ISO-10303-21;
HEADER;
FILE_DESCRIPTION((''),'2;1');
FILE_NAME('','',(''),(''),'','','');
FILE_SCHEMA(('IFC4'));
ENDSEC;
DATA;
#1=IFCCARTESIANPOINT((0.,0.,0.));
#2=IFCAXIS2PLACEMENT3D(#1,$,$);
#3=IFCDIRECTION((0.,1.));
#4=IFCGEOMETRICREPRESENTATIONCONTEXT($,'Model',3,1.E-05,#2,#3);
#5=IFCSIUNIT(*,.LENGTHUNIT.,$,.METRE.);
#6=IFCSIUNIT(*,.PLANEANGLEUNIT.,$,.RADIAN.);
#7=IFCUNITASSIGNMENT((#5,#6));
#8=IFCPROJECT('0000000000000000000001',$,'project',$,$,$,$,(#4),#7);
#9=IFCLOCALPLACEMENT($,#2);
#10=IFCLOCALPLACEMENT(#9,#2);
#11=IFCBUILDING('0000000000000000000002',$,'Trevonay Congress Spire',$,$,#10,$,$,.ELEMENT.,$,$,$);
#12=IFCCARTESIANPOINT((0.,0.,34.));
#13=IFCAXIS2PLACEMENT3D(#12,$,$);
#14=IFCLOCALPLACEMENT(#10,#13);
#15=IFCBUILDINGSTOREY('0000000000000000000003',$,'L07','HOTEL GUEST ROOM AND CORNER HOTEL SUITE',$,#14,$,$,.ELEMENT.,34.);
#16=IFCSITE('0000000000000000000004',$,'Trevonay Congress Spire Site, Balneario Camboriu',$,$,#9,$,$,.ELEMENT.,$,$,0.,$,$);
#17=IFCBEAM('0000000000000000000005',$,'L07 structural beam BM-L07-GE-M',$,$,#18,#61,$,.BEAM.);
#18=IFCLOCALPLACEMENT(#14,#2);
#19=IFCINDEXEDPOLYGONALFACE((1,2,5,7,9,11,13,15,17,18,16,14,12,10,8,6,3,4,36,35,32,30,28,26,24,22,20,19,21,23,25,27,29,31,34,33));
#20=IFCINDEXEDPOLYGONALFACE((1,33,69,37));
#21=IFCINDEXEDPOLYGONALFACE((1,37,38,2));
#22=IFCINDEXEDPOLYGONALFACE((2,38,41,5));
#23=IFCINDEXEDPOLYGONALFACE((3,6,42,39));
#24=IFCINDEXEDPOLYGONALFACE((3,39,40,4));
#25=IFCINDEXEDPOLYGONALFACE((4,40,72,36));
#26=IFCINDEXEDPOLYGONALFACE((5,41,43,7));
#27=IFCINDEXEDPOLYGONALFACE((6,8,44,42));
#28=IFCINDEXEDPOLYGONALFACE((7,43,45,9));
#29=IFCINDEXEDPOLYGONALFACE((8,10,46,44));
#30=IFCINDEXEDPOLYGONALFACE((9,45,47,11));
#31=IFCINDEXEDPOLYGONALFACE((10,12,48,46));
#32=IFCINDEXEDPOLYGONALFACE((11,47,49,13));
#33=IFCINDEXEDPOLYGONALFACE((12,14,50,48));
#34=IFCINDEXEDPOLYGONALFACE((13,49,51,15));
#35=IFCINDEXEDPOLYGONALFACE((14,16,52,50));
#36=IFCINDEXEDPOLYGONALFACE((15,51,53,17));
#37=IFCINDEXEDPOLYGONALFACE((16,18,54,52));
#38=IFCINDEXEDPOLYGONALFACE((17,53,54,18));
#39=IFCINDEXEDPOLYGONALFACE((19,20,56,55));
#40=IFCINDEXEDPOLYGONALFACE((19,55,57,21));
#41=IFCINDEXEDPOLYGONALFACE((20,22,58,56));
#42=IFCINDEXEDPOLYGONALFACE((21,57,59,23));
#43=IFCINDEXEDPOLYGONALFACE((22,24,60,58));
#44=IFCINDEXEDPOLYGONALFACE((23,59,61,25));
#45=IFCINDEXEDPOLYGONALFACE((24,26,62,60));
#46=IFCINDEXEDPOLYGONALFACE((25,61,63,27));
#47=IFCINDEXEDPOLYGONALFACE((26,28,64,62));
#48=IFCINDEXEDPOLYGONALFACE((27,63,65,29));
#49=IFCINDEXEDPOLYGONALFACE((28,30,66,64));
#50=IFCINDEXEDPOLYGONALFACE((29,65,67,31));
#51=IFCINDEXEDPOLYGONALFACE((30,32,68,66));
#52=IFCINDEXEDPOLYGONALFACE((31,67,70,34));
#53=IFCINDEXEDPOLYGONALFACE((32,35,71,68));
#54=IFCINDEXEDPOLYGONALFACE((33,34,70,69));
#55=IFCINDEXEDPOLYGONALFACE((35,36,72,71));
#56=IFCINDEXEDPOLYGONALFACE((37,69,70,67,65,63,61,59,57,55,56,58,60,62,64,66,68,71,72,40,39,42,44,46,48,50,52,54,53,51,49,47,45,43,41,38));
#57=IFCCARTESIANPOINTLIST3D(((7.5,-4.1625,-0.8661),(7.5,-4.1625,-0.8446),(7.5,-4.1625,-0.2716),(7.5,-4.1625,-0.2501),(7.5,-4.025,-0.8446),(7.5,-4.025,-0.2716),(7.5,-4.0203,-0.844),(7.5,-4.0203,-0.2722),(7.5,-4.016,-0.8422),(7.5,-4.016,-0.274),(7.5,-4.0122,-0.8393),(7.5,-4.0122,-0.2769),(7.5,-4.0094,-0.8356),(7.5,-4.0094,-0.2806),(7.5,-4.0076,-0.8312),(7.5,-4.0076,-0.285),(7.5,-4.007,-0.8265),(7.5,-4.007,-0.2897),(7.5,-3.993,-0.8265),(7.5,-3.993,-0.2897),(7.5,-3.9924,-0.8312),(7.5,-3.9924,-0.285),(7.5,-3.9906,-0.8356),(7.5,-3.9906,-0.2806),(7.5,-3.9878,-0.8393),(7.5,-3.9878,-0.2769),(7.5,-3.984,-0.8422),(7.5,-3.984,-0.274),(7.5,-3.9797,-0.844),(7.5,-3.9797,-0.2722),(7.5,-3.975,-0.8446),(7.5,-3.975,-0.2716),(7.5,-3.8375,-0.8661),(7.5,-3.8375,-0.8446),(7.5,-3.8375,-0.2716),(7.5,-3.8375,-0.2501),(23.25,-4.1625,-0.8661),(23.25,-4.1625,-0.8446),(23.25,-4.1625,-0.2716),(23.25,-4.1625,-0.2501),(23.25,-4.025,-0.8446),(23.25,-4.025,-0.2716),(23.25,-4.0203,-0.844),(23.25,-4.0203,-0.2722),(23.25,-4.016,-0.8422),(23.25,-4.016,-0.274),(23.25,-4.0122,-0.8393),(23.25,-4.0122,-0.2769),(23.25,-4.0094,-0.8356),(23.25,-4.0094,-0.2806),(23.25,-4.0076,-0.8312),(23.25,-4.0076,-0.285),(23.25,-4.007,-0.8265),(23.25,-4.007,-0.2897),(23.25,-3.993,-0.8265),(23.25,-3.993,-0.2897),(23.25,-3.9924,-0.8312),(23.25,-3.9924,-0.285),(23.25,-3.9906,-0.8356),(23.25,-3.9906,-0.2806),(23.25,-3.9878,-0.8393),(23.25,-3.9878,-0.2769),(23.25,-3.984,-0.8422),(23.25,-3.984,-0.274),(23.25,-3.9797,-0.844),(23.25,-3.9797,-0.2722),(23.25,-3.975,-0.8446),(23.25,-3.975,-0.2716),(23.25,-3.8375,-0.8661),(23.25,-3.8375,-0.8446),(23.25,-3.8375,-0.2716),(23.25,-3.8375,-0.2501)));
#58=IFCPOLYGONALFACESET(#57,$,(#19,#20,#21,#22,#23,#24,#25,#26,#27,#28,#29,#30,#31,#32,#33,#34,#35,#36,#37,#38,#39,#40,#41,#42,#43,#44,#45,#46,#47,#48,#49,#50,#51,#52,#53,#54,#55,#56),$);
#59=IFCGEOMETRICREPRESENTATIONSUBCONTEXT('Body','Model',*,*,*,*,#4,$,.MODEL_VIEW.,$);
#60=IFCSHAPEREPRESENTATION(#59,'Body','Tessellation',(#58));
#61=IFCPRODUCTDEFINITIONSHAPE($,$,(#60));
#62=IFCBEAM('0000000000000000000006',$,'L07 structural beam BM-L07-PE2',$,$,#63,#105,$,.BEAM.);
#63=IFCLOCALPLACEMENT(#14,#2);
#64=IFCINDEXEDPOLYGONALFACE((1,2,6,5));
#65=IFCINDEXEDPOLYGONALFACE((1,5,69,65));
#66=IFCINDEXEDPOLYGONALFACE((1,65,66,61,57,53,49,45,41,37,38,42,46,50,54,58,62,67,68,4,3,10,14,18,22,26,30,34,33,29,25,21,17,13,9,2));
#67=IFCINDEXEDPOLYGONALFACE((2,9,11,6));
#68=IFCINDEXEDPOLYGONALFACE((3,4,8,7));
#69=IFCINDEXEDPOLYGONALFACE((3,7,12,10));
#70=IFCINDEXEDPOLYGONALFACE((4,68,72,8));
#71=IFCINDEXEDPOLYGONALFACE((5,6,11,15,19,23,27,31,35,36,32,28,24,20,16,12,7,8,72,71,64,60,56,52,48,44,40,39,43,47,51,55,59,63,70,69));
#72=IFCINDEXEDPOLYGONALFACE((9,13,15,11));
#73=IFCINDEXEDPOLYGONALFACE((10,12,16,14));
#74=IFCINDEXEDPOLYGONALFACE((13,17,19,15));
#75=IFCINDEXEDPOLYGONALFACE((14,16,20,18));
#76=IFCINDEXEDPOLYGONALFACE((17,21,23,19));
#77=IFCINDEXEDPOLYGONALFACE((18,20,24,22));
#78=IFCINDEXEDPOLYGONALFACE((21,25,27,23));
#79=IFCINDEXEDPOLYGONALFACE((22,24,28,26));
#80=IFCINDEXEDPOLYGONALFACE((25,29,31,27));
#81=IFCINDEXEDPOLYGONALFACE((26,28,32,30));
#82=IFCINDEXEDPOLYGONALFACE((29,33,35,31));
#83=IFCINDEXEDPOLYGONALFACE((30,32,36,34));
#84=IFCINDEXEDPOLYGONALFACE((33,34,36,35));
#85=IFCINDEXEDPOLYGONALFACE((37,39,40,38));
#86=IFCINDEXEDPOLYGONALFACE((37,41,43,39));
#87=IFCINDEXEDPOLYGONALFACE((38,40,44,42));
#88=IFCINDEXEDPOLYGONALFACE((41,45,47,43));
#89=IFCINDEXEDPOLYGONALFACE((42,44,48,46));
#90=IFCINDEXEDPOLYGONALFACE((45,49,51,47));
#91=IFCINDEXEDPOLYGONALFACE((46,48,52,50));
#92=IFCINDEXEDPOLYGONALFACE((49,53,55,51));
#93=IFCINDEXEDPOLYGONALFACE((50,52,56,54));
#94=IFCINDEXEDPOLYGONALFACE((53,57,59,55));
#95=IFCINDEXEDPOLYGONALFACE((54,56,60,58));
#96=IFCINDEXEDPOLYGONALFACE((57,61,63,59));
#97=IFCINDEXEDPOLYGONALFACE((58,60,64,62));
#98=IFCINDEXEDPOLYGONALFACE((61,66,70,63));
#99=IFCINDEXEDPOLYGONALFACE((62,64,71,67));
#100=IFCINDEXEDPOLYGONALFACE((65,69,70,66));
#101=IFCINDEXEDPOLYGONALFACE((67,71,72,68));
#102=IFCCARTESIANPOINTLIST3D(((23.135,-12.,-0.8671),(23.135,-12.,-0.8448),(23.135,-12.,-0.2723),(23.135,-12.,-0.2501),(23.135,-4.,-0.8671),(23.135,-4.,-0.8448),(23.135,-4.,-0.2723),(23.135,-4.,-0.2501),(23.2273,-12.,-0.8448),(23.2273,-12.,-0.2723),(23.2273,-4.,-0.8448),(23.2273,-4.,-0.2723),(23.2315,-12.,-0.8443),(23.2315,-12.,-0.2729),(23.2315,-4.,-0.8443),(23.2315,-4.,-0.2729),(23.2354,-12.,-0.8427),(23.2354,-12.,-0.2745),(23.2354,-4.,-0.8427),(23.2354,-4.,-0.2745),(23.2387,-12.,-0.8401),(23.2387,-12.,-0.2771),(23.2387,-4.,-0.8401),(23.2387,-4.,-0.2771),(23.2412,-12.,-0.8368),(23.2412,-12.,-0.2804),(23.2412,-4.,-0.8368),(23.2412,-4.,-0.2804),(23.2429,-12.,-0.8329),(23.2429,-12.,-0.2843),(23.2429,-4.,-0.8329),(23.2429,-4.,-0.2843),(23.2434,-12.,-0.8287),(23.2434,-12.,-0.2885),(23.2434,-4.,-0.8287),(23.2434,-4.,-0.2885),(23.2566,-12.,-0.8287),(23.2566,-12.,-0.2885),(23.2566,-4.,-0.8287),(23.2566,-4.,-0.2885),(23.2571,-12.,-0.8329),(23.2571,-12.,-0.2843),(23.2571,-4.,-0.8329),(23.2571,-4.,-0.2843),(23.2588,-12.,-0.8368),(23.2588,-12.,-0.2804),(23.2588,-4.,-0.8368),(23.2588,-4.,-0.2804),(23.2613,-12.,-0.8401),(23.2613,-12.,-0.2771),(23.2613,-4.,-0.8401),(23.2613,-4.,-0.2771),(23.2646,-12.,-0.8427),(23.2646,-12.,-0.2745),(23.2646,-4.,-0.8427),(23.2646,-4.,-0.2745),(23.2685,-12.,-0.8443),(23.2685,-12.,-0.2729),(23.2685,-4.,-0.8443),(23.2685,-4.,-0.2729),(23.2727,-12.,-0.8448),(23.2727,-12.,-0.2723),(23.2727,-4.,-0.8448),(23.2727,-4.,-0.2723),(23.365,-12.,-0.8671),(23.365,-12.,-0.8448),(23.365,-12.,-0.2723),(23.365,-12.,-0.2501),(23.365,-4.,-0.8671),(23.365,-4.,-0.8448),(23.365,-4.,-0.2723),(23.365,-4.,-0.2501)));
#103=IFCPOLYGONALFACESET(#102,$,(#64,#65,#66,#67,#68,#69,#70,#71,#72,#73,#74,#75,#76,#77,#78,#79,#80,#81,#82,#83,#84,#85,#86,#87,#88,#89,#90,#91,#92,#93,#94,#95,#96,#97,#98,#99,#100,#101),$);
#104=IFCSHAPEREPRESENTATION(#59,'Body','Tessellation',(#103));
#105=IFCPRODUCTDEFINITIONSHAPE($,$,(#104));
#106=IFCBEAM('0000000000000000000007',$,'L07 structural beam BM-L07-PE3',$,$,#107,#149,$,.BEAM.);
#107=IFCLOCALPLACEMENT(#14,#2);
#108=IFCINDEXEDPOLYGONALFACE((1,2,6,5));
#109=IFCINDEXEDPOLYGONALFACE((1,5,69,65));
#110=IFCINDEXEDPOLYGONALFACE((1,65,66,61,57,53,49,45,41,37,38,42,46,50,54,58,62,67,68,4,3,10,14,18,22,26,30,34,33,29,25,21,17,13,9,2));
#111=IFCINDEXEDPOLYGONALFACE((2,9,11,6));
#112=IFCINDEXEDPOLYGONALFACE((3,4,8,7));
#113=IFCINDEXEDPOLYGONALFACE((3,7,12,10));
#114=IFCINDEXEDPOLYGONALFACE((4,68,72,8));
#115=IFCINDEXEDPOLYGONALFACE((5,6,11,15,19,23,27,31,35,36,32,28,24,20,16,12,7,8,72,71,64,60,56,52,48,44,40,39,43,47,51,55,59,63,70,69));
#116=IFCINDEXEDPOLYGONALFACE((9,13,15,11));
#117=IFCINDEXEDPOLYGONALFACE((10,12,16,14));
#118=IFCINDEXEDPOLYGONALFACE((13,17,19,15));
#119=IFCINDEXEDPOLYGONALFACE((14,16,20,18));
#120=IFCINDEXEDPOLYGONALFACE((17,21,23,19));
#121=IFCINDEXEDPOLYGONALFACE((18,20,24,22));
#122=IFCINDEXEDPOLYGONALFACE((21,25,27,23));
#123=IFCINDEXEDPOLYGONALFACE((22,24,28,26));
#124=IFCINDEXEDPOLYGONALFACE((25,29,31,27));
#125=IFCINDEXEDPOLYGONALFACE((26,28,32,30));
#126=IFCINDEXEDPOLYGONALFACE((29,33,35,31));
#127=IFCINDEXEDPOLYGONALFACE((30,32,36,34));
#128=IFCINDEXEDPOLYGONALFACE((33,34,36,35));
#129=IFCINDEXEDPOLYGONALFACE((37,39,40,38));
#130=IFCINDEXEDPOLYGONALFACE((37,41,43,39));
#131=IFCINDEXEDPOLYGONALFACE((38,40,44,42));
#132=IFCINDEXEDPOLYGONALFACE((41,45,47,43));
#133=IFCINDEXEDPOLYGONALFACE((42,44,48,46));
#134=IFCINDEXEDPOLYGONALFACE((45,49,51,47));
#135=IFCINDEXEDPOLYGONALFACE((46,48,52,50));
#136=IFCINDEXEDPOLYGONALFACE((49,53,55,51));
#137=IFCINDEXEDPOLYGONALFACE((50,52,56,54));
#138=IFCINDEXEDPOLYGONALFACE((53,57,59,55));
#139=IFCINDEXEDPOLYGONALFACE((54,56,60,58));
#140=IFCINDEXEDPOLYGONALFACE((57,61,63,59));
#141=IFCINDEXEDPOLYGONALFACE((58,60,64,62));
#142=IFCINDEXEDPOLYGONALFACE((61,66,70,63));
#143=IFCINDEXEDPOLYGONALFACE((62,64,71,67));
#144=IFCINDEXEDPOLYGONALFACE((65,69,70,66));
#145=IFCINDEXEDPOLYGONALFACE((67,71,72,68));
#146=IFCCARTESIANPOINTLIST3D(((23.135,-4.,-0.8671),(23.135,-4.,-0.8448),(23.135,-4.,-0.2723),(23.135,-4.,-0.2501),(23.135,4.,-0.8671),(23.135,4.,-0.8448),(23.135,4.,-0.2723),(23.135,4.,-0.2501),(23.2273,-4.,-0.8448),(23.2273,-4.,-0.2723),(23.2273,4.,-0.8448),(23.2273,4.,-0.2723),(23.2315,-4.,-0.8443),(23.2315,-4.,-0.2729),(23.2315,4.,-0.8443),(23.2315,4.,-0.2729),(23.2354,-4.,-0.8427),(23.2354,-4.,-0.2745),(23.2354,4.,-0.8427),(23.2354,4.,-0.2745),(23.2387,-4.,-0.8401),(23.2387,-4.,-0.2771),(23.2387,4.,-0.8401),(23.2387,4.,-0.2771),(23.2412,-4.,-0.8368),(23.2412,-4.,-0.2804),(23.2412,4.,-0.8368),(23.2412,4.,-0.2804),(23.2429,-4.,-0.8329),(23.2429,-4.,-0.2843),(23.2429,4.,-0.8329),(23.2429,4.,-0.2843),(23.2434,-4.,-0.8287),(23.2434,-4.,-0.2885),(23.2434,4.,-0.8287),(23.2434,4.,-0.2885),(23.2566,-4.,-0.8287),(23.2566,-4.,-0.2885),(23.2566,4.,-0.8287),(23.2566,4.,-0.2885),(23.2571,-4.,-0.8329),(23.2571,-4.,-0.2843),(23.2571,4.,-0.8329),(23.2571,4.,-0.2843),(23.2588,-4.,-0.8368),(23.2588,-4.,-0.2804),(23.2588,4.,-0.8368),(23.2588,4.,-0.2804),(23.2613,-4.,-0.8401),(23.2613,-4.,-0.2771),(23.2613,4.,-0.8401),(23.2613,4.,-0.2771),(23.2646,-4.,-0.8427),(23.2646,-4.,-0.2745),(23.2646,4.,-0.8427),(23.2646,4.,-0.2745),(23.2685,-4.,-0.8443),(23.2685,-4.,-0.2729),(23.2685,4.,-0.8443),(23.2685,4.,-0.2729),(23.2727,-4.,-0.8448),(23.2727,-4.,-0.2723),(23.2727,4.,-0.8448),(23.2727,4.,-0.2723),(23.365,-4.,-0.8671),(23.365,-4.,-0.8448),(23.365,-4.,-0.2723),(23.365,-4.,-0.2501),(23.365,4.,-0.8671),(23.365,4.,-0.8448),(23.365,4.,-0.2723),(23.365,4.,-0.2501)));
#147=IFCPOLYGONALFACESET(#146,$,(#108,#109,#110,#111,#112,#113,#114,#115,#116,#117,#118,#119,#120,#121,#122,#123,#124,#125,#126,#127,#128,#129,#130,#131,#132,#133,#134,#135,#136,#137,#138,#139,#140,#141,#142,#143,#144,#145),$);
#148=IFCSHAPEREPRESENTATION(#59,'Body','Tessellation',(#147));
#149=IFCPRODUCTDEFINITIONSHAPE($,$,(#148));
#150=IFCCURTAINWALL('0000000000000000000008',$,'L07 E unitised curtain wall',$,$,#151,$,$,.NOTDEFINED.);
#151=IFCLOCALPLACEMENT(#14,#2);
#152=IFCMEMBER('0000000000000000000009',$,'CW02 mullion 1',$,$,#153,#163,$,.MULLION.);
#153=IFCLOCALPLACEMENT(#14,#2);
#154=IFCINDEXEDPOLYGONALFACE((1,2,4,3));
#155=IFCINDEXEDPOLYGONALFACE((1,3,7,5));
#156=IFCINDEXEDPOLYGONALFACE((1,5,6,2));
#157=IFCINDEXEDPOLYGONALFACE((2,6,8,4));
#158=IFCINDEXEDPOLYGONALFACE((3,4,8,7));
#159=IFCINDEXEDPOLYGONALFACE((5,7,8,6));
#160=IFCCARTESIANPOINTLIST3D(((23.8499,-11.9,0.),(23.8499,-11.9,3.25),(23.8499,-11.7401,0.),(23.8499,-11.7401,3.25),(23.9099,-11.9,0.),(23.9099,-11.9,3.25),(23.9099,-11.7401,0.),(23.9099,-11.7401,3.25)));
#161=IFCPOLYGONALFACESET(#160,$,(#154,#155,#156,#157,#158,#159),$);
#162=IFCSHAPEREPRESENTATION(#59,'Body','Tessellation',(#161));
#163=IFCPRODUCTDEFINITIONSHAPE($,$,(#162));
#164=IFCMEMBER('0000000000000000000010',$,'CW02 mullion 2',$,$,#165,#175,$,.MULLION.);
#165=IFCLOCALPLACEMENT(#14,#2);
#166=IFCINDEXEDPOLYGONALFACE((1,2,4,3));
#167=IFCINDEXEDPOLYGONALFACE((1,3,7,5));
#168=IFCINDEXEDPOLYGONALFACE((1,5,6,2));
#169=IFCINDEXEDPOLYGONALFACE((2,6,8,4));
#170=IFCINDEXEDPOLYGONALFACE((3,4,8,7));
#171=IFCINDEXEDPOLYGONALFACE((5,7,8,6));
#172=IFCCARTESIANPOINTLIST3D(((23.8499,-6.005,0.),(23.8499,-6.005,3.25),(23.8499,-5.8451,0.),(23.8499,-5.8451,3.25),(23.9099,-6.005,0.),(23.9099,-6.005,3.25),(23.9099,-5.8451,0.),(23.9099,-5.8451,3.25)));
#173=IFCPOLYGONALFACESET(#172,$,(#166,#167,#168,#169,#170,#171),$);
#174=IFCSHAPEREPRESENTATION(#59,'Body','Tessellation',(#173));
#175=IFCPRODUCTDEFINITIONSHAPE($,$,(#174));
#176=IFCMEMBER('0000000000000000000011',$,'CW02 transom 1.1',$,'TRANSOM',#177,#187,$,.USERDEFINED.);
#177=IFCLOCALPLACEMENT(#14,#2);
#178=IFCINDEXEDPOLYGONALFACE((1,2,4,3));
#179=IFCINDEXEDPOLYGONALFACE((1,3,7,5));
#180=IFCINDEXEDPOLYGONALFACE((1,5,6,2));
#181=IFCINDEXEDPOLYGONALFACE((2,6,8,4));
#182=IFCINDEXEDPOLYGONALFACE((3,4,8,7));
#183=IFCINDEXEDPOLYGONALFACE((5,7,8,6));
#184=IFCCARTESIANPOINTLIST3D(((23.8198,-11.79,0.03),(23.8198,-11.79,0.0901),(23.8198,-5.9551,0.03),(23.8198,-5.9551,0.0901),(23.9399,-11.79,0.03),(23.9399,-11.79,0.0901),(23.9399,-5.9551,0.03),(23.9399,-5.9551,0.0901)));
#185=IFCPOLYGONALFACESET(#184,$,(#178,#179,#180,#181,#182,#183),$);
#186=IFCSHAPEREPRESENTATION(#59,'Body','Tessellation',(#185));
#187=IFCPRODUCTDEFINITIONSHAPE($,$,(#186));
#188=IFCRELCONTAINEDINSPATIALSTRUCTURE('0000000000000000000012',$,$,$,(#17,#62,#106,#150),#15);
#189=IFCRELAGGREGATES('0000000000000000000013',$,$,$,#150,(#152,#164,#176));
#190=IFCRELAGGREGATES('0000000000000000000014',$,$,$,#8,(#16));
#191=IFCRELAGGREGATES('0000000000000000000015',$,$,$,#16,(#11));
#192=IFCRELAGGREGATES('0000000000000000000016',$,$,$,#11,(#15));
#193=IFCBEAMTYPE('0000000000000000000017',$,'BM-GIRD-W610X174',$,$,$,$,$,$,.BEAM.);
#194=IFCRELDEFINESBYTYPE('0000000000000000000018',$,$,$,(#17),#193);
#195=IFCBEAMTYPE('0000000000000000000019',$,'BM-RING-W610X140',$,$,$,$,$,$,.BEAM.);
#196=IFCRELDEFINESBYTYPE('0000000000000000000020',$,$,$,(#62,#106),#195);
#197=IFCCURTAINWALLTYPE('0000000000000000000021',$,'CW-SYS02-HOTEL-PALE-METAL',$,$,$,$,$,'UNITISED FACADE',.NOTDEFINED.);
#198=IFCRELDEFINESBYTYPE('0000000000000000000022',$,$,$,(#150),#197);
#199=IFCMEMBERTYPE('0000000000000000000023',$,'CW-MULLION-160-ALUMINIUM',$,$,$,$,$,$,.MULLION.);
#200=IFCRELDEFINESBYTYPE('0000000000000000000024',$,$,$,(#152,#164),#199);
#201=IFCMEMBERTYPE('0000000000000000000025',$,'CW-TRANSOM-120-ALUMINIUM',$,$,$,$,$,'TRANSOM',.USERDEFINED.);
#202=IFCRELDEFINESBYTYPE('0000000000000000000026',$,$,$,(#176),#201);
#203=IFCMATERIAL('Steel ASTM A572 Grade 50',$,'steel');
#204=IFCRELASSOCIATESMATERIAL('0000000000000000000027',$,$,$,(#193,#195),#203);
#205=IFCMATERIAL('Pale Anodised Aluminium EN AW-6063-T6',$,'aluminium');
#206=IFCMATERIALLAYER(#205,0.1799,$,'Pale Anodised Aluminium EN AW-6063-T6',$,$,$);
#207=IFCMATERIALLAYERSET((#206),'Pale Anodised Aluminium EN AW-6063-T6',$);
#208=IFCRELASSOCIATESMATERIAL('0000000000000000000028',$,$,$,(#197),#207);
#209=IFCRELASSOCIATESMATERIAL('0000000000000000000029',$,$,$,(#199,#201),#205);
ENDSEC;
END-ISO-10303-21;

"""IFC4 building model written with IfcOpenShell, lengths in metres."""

from ifc_helpers import new_model, si_unit, direction, frame, origin, origin_2d, place, context, subcontext, project, spatial, rectangle, i_section, extrude, material, layer, layer_set, material_profile, profile_set, type_object, element, aggregate, save


model = new_model("IFC4")

# Units and contexts
model_context = context("Model", 3, precision=1e-05, world=origin(), true_north=direction((0.0, 1.0)))
body_context = subcontext(model_context, "Body", "Model", "MODEL_VIEW")
ifc_project = project(units=[si_unit("LENGTHUNIT", "METRE"), si_unit("PLANEANGLEUNIT", "RADIAN")], contexts=[model_context])

# Site, building, storey
site_placement = place(None, origin())
site = spatial("IfcSite", under=ifc_project, at=site_placement, Name="Trevonay Congress Spire Site, Balneario Camboriu", CompositionType="ELEMENT", RefElevation=0.0)
building_placement = place(site_placement, origin())
building = spatial("IfcBuilding", under=site, at=building_placement, Name="Trevonay Congress Spire", CompositionType="ELEMENT")
storey_placement = place(building_placement, frame((0.0, 0.0, 34.0)))
storey = spatial("IfcBuildingStorey", under=building, at=storey_placement, Name="L07", Description="HOTEL GUEST ROOM AND CORNER HOTEL SUITE", CompositionType="ELEMENT", Elevation=34.0)

# Shared definitions
ifc_material_1 = material(Name="Steel ASTM A572 Grade 50", Category="steel")

# Beams
ifc_material_profile_1 = material_profile(ifc_material_1, i_section(OverallWidth=0.325, OverallDepth=0.616, WebThickness=0.0139, FlangeThickness=0.0215, FilletRadius=0.0181, at=origin_2d()), Name="W610x174")
ifc_profile_set_1 = profile_set([ifc_material_profile_1], Name="Steel ASTM A572 Grade 50")
beam_type_1 = type_object("IfcBeamType", Name="BM-GIRD-W610X174", PredefinedType="BEAM", material=ifc_profile_set_1)
beam_1_placement = place(storey_placement, frame((7.5, -4.0, -0.5581), z_axis=(1.0, 0.0, 0.0), x_axis=(0.0, 1.0, 0.0)))
element("IfcBeam", 1, at=beam_1_placement, inside=storey, type_object=beam_type_1, Name="L07 structural beam BM-L07-GE-M", PredefinedType="BEAM", context=body_context, shape_type="SweptSolid", body=[
    extrude(i_section(OverallWidth=0.325, OverallDepth=0.616, WebThickness=0.0139, FlangeThickness=0.0215, FilletRadius=0.0181, at=origin_2d()), origin(), (0.0, 0.0, 1.0), 15.75),
])
ifc_material_profile_2 = material_profile(ifc_material_1, i_section(OverallWidth=0.23, OverallDepth=0.6169, WebThickness=0.0132, FlangeThickness=0.0222, FilletRadius=0.0161, at=origin_2d()), Name="W610x140")
ifc_profile_set_2 = profile_set([ifc_material_profile_2], Name="Steel ASTM A572 Grade 50")
beam_type_2 = type_object("IfcBeamType", Name="BM-RING-W610X140", PredefinedType="BEAM", material=ifc_profile_set_2)
for number, where, z_axis, x_axis, name in (
    (2, (23.25, -12.0, -0.5586), (0.0, 1.0, 0.0), (-1.0, 0.0, 0.0), "L07 structural beam BM-L07-PE2"),
    (3, (23.25, -4.0, -0.5586), (0.0, 1.0, 0.0), (-1.0, 0.0, 0.0), "L07 structural beam BM-L07-PE3"),
):
    element("IfcBeam", number, at=place(storey_placement, frame(where, z_axis=z_axis, x_axis=x_axis)), inside=storey, type_object=beam_type_2, Name=name, PredefinedType="BEAM", context=body_context, shape_type="SweptSolid", body=[
        extrude(i_section(OverallWidth=0.23, OverallDepth=0.6169, WebThickness=0.0132, FlangeThickness=0.0222, FilletRadius=0.0161, at=origin_2d()), origin(), (0.0, 0.0, 1.0), 8.0),
    ])

# Curtain wall, members
ifc_material_2 = material(Name="Pale Anodised Aluminium EN AW-6063-T6", Category="aluminium")
ifc_layer_1 = layer(ifc_material_2, 0.1799, Name="Pale Anodised Aluminium EN AW-6063-T6")
ifc_layer_set_1 = layer_set([ifc_layer_1], Name="Pale Anodised Aluminium EN AW-6063-T6")
curtain_wall_type = type_object("IfcCurtainWallType", Name="CW-SYS02-HOTEL-PALE-METAL", ElementType="UNITISED FACADE", PredefinedType="NOTDEFINED", material=ifc_layer_set_1)
curtain_wall_placement = place(storey_placement, origin())
curtain_wall = element("IfcCurtainWall", 4, at=curtain_wall_placement, inside=storey, type_object=curtain_wall_type, Name="L07 E unitised curtain wall", PredefinedType="NOTDEFINED")
ifc_material_profile_3 = material_profile(ifc_material_2, rectangle(XDim=0.0601, YDim=0.1599, at=origin_2d()), Name="CW-MULLION-160-ALUMINIUM")
ifc_profile_set_3 = profile_set([ifc_material_profile_3], Name="Pale Anodised Aluminium EN AW-6063-T6")
member_type_1 = type_object("IfcMemberType", Name="CW-MULLION-160-ALUMINIUM", PredefinedType="MULLION", material=ifc_profile_set_3)
member_1_placement = place(storey_placement, frame((23.8799, -11.8201, 0.0), z_axis=(0.0, 0.0, 1.0), x_axis=(-1.0, 0.0, 0.0)))
member_1 = element("IfcMember", 5, at=member_1_placement, type_object=member_type_1, Name="CW02 mullion 1", PredefinedType="MULLION", context=body_context, shape_type="SweptSolid", body=[
    extrude(rectangle(XDim=0.0601, YDim=0.1599, at=origin_2d()), origin(), (0.0, 0.0, 1.0), 3.25),
])
member_2_placement = place(storey_placement, frame((23.8799, -5.925, 0.0), z_axis=(0.0, 0.0, 1.0), x_axis=(-1.0, 0.0, 0.0)))
member_2 = element("IfcMember", 6, at=member_2_placement, type_object=member_type_1, Name="CW02 mullion 2", PredefinedType="MULLION", context=body_context, shape_type="SweptSolid", body=[
    extrude(rectangle(XDim=0.0601, YDim=0.1599, at=origin_2d()), origin(), (0.0, 0.0, 1.0), 3.25),
])
ifc_material_profile_4 = material_profile(ifc_material_2, rectangle(XDim=0.1201, YDim=0.0601, at=origin_2d()), Name="CW-TRANSOM-120-ALUMINIUM")
ifc_profile_set_4 = profile_set([ifc_material_profile_4], Name="Pale Anodised Aluminium EN AW-6063-T6")
member_type_2 = type_object("IfcMemberType", Name="CW-TRANSOM-120-ALUMINIUM", ElementType="TRANSOM", PredefinedType="USERDEFINED", material=ifc_profile_set_4)
member_3_placement = place(storey_placement, frame((23.8799, -11.79, 0.0601), z_axis=(0.0, 1.0, 0.0), x_axis=(-1.0, 0.0, 0.0)))
member_3 = element("IfcMember", 7, at=member_3_placement, type_object=member_type_2, Name="CW02 transom 1.1", ObjectType="TRANSOM", PredefinedType="USERDEFINED", context=body_context, shape_type="SweptSolid", body=[
    extrude(rectangle(XDim=0.1201, YDim=0.0601, at=origin_2d()), origin(), (0.0, 0.0, 1.0), 5.835),
])
aggregate(curtain_wall, [member_1, member_2, member_3])

save(model, "model.ifc")
